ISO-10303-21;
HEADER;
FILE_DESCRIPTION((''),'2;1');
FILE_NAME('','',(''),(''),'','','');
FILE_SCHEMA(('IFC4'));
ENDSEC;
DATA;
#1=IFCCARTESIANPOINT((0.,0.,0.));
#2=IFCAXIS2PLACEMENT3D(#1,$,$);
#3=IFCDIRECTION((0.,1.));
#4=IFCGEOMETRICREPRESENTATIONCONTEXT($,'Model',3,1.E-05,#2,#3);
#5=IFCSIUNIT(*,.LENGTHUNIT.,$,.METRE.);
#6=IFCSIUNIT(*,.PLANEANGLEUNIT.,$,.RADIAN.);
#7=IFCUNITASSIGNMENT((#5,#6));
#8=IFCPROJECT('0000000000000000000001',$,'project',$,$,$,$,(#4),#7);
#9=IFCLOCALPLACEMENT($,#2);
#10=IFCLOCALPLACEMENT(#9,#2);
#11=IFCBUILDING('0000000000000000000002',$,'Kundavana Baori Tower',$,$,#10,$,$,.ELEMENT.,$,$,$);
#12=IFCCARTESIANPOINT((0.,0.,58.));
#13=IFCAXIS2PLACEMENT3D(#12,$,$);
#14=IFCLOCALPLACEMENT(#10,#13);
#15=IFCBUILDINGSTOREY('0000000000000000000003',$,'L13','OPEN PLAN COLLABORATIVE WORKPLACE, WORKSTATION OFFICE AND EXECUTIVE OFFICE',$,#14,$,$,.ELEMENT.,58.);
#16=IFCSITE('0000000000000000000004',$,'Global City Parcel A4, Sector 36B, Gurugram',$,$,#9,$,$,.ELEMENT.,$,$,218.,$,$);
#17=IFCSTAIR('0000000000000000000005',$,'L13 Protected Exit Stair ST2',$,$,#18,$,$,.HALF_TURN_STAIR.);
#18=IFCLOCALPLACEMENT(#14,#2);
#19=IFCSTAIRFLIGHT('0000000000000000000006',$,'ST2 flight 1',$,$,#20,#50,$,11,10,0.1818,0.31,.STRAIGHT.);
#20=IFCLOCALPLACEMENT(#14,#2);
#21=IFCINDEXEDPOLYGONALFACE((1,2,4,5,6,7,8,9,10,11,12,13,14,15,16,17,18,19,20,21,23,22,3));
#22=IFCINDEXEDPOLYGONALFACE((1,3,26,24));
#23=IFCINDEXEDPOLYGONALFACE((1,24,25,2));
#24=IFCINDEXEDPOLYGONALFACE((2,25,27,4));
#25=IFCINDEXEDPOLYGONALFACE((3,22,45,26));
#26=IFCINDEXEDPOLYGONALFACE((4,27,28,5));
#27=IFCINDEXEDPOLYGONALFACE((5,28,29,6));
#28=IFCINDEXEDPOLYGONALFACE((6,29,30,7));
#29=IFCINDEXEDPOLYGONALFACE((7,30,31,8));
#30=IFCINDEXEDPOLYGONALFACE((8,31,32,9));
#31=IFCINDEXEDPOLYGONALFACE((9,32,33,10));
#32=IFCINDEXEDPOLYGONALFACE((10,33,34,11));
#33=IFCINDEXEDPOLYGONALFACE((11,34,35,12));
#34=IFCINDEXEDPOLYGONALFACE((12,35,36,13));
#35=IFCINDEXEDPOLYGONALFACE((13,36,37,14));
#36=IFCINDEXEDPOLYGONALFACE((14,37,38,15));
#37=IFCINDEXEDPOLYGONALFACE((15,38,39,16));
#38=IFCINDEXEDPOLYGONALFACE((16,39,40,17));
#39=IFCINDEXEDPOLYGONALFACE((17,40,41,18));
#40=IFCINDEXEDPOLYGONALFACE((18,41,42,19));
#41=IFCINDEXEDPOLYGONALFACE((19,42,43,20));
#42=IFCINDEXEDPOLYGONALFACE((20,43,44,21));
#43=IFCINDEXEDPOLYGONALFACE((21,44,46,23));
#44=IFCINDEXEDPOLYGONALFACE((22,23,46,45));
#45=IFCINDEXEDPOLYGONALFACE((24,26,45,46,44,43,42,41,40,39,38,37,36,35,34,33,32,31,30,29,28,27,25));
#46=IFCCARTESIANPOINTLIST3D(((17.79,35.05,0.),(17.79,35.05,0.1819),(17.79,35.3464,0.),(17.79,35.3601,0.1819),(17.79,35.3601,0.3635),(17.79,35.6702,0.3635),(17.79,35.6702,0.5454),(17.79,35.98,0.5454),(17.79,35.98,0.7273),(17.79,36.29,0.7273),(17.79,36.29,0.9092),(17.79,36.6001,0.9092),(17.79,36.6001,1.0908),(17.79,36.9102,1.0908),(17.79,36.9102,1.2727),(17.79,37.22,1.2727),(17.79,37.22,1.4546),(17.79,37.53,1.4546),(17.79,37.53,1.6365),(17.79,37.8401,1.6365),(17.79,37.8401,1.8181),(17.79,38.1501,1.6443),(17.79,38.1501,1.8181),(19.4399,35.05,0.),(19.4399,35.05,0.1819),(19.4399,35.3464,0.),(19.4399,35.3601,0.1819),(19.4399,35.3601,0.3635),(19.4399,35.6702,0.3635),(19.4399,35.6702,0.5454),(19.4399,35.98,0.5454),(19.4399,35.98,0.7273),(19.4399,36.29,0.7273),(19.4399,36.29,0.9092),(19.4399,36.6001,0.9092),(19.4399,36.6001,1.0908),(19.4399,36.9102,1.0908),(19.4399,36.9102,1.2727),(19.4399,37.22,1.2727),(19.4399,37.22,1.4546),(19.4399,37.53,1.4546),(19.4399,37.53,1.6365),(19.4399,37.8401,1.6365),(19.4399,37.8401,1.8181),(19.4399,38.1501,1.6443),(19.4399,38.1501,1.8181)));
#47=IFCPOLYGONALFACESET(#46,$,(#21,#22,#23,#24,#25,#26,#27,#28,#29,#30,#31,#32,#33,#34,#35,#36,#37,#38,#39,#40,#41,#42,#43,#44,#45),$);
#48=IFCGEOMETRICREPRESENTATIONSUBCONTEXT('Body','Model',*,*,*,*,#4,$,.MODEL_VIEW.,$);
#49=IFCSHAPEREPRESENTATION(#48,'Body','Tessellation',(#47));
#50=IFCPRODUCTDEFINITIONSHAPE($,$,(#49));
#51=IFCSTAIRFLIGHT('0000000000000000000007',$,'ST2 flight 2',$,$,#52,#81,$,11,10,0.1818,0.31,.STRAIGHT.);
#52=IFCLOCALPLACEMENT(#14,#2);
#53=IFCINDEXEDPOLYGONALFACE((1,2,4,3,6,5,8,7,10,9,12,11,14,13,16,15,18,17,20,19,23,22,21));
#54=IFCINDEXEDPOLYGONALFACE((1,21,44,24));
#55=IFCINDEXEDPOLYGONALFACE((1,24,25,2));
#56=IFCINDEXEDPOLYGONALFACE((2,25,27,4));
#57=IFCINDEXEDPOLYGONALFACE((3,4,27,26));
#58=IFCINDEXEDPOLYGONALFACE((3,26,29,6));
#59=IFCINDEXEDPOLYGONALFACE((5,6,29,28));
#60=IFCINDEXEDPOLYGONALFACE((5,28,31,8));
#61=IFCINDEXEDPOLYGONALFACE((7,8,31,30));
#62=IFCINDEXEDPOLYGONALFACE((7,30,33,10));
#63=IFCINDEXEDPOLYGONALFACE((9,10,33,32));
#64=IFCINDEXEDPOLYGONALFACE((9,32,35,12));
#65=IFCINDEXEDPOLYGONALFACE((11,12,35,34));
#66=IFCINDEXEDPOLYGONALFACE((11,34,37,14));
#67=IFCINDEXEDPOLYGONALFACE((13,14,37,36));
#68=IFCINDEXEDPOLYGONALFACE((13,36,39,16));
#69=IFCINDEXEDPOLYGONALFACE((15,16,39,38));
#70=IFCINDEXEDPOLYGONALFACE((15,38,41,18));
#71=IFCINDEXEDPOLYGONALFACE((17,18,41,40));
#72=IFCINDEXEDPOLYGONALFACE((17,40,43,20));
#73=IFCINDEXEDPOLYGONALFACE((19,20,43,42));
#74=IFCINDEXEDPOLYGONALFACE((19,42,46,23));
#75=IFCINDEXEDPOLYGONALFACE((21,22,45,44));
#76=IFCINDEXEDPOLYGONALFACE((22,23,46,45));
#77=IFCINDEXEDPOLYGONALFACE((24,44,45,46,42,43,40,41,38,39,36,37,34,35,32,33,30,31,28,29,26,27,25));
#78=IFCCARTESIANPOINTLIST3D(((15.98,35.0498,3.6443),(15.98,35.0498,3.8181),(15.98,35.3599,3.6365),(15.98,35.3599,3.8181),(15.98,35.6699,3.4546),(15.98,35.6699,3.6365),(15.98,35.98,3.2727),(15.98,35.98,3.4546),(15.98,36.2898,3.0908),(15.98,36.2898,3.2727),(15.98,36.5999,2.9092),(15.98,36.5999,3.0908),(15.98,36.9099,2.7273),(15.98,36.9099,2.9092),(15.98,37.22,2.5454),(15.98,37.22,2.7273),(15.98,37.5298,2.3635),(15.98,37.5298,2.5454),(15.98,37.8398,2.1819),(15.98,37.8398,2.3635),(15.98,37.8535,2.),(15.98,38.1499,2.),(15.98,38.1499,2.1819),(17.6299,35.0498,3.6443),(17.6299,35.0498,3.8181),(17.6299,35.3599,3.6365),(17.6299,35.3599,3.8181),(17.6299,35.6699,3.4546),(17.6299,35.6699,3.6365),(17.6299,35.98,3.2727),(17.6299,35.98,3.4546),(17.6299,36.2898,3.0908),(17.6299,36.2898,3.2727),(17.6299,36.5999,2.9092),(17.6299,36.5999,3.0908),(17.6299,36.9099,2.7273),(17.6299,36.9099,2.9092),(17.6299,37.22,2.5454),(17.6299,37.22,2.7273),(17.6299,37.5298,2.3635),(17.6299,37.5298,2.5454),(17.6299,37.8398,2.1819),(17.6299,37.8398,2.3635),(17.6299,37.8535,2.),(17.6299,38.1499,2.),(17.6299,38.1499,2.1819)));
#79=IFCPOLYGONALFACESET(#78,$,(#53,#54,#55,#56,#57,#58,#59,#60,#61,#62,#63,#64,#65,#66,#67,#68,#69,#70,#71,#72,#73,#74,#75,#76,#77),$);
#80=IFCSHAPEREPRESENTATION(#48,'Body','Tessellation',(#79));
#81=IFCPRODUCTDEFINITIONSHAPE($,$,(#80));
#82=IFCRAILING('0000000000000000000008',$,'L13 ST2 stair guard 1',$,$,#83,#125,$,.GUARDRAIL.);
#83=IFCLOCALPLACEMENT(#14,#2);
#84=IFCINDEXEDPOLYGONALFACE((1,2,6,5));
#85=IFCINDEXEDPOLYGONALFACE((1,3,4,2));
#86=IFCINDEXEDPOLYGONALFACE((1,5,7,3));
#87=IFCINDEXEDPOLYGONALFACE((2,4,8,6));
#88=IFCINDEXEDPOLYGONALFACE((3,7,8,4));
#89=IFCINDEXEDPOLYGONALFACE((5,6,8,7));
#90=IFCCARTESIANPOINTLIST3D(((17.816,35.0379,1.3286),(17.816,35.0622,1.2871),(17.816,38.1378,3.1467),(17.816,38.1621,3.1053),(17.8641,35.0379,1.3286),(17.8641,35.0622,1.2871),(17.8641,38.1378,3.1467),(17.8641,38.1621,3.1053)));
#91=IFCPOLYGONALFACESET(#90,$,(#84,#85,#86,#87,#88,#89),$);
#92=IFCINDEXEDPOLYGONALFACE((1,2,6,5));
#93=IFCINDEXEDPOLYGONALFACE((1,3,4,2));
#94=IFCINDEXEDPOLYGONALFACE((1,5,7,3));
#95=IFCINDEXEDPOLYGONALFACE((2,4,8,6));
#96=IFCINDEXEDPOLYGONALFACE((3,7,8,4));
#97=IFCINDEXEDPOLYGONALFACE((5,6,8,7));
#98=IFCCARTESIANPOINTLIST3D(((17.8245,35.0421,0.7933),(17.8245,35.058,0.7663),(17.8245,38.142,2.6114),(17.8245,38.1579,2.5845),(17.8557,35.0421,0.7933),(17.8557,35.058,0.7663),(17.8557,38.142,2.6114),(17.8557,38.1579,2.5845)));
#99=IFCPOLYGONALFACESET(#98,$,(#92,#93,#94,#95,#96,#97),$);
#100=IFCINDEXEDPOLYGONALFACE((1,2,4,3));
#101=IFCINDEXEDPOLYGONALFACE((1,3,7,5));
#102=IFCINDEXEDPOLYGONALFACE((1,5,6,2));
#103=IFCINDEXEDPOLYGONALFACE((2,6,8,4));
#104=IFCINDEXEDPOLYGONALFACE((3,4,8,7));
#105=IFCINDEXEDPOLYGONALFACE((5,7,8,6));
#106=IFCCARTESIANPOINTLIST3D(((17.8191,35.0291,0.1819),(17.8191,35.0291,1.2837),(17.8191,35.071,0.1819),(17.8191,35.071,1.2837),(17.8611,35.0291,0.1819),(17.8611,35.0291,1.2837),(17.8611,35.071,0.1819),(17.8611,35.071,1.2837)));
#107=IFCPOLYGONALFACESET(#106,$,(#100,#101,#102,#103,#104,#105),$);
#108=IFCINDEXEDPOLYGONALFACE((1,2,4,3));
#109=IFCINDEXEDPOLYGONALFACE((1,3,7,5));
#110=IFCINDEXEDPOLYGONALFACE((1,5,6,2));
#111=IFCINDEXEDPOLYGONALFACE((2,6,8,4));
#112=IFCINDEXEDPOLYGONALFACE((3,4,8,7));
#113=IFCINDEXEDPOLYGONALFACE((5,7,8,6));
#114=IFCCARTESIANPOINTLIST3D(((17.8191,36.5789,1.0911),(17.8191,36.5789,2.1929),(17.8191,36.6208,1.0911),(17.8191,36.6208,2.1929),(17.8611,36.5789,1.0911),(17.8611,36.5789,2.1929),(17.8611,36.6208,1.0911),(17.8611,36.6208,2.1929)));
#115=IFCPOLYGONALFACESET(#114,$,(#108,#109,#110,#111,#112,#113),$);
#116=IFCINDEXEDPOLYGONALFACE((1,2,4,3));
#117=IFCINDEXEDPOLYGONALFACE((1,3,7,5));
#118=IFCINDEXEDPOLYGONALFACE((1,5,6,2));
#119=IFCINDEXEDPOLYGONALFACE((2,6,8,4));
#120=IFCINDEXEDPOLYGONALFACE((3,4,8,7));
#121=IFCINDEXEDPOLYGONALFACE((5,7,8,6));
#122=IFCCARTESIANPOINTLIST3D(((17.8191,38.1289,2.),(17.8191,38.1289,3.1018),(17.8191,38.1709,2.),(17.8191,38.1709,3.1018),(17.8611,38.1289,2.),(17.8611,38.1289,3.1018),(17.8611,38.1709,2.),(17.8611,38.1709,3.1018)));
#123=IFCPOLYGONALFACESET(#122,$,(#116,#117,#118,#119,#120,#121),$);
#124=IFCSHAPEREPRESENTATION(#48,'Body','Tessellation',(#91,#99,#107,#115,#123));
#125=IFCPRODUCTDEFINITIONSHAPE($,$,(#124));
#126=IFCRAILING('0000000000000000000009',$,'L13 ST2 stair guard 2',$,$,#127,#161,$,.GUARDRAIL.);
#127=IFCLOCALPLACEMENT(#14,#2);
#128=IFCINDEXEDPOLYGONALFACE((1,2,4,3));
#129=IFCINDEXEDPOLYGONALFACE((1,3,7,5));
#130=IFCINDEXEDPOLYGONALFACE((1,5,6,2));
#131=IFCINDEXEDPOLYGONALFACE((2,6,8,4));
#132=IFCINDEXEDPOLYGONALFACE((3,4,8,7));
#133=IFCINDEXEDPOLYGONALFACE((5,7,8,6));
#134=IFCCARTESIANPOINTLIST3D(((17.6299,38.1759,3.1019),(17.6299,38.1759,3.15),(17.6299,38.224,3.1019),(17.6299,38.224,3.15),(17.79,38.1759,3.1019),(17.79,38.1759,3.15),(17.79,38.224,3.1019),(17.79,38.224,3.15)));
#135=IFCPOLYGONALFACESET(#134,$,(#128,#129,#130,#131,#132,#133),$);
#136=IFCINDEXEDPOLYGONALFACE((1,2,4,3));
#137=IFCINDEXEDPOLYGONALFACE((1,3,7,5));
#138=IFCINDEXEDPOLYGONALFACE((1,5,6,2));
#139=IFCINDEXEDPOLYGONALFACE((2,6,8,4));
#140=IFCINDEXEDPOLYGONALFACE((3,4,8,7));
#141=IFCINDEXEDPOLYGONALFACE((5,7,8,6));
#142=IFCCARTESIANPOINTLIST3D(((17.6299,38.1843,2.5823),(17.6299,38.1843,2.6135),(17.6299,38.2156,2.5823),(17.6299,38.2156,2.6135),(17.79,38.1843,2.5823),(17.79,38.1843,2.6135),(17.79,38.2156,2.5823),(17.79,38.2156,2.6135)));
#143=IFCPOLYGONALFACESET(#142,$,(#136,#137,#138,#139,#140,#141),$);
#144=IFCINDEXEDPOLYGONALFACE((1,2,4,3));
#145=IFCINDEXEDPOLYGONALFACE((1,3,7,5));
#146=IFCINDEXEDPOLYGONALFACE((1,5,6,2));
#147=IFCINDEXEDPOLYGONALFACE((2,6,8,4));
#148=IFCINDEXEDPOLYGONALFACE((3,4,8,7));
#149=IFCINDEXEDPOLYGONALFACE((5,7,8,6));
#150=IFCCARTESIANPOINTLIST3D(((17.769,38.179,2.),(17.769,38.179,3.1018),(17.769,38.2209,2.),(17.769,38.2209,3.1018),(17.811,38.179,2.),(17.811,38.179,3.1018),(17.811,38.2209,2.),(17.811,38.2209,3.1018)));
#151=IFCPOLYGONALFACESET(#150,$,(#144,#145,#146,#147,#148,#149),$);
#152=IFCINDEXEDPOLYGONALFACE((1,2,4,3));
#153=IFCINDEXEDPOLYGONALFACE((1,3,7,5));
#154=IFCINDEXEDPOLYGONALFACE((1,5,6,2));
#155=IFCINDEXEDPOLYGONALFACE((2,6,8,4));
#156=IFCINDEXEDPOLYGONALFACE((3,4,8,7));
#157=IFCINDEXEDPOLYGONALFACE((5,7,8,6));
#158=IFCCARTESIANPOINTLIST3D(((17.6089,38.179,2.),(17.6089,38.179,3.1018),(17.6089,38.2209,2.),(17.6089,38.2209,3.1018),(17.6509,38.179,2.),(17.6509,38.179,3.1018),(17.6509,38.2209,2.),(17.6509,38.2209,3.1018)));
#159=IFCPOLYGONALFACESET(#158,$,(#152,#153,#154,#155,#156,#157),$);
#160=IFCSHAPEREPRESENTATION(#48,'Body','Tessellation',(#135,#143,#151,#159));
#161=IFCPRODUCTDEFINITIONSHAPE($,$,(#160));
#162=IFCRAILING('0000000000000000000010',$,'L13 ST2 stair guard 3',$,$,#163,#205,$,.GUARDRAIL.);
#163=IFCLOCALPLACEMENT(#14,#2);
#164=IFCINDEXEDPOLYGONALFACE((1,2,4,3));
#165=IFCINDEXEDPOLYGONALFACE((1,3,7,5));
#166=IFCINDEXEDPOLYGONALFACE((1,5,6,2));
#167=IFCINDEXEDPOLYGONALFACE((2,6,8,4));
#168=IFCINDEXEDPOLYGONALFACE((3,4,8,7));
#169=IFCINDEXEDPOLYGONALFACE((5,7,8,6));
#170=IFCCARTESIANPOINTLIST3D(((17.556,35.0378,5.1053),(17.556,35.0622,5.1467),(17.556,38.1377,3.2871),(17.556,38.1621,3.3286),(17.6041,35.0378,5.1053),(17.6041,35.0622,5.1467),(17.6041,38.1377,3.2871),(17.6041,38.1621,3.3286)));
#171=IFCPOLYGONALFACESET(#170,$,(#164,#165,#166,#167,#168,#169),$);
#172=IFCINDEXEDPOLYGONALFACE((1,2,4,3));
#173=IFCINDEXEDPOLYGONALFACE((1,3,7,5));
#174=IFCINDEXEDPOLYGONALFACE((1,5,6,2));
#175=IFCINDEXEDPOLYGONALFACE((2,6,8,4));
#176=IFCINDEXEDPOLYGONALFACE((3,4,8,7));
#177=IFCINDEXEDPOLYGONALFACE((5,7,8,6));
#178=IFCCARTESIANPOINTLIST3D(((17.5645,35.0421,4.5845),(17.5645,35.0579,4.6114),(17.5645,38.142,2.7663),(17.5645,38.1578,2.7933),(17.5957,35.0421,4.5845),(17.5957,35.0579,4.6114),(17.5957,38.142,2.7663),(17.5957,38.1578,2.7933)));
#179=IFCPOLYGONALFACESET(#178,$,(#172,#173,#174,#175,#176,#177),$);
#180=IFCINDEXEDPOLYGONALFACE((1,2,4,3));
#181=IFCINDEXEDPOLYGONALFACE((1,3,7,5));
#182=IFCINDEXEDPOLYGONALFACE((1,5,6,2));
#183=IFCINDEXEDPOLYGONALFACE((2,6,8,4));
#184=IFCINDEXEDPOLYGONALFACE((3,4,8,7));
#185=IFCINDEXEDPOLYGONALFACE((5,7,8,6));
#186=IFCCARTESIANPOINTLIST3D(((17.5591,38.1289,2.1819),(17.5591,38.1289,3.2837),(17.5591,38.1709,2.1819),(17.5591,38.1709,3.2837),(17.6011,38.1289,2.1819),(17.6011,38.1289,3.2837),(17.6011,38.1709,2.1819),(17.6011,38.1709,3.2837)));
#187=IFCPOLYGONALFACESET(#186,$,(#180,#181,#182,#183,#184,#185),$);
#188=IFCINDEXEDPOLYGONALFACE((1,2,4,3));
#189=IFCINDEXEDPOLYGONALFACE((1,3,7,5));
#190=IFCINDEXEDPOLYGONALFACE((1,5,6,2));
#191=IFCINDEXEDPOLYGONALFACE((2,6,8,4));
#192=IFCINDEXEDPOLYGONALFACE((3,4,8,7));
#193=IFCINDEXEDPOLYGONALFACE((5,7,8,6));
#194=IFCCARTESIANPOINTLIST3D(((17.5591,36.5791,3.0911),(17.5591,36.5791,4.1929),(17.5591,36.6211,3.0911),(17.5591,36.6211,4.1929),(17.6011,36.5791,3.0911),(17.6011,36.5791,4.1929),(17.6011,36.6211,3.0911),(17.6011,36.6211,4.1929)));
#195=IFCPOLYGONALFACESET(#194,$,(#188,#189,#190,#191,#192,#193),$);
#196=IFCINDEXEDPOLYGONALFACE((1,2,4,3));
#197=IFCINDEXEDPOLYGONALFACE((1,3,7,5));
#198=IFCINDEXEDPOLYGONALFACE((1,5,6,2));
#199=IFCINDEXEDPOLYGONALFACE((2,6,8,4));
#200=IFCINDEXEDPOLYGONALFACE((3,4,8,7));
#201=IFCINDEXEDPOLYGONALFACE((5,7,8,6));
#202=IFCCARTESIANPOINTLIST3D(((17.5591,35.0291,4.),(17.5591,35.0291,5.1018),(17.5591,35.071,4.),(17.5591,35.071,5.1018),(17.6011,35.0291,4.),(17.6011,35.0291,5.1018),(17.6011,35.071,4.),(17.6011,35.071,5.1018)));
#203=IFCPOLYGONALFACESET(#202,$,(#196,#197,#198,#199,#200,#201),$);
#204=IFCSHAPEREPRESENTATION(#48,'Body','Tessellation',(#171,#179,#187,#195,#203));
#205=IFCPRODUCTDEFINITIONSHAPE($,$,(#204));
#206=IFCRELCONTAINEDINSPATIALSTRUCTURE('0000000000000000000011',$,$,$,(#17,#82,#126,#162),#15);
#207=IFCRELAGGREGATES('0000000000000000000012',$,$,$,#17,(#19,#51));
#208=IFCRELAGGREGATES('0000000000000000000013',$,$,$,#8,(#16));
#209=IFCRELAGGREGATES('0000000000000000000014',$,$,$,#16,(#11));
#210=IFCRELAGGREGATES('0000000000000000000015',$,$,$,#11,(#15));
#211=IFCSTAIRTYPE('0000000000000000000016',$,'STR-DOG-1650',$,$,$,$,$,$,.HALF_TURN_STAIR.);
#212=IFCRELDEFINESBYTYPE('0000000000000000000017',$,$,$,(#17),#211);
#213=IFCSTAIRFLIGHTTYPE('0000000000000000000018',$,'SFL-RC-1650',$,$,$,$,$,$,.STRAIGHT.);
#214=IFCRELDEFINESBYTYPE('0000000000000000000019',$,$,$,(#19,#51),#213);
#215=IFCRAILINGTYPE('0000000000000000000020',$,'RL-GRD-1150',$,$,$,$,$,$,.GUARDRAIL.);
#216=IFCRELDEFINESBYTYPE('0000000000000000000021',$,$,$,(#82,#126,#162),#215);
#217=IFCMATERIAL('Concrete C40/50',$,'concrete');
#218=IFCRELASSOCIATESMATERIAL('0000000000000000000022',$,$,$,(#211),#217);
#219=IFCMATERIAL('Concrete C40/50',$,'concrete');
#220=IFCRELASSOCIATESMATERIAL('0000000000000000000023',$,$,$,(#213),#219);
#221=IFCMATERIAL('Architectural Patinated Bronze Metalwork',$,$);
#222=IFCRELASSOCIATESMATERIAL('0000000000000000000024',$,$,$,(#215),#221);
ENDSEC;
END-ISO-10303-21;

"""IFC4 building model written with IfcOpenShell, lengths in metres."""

from ifc_helpers import new_model, si_unit, direction, frame, origin, origin_2d, place, context, subcontext, project, spatial, polyline, rectangle, outline, extrude, material, type_object, element, aggregate, save


model = new_model("IFC4")

# Units and contexts
model_context = context("Model", 3, precision=1e-05, world=origin(), true_north=direction((0.0, 1.0)))
body_context = subcontext(model_context, "Body", "Model", "MODEL_VIEW")
ifc_project = project(units=[si_unit("LENGTHUNIT", "METRE"), si_unit("PLANEANGLEUNIT", "RADIAN")], contexts=[model_context])

# Site, building, storey
site_placement = place(None, origin())
site = spatial("IfcSite", under=ifc_project, at=site_placement, Name="Global City Parcel A4, Sector 36B, Gurugram", CompositionType="ELEMENT", RefElevation=218.0)
building_placement = place(site_placement, origin())
building = spatial("IfcBuilding", under=site, at=building_placement, Name="Kundavana Baori Tower", CompositionType="ELEMENT")
storey_placement = place(building_placement, frame((0.0, 0.0, 58.0)))
storey = spatial("IfcBuildingStorey", under=building, at=storey_placement, Name="L13", Description="OPEN PLAN COLLABORATIVE WORKPLACE, WORKSTATION OFFICE AND EXECUTIVE OFFICE", CompositionType="ELEMENT", Elevation=58.0)

# Stair, stair flights
ifc_material_1 = material(Name="Concrete C40/50", Category="concrete")
stair_type = type_object("IfcStairType", Name="STR-DOG-1650", PredefinedType="HALF_TURN_STAIR", material=ifc_material_1)
stair_placement = place(storey_placement, origin())
stair = element("IfcStair", 1, at=stair_placement, inside=storey, type_object=stair_type, Name="L13 Protected Exit Stair ST2", PredefinedType="HALF_TURN_STAIR")
ifc_material_2 = material(Name="Concrete C40/50", Category="concrete")
stair_flight_type = type_object("IfcStairFlightType", Name="SFL-RC-1650", PredefinedType="STRAIGHT", material=ifc_material_2)
stair_flight_1_placement = place(storey_placement, frame((18.615, 35.05, 0.0), z_axis=(0.0, 0.0, 1.0), x_axis=(0.0, 1.0, 0.0)))
stair_flight_1 = element("IfcStairFlight", 2, at=stair_flight_1_placement, type_object=stair_flight_type, Name="ST2 flight 1", NumberOfRisers=11, NumberOfTreads=10, PredefinedType="STRAIGHT", RiserHeight=0.1818, TreadLength=0.31, context=body_context, shape_type="SweptSolid", body=[
    extrude(outline(polyline([(0.0, 0.0), (0.0, 0.1819), (0.3101, 0.1819), (0.3101, 0.3635), (0.6201, 0.3635), (0.6201, 0.5454), (0.9299, 0.5454), (0.9299, 0.7273), (1.24, 0.7273), (1.24, 0.9092), (1.55, 0.9092), (1.55, 1.0908), (1.8601, 1.0908), (1.8601, 1.2727), (2.1699, 1.2727), (2.1699, 1.4546), (2.48, 1.4546), (2.48, 1.6365), (2.79, 1.6365), (2.79, 1.8181), (3.1001, 1.8181), (3.1001, 2.0), (3.1001, 1.6443), (0.2964, 0.0), (0.0, 0.0)])), frame((0.0, 0.825, 0.0), z_axis=(0.0, -1.0, 0.0), x_axis=(1.0, 0.0, 0.0)), (0.0, 0.0, 1.0), 1.6499),
])
stair_flight_2_placement = place(storey_placement, frame((16.8049, 38.1499, 2.0), z_axis=(0.0, 0.0, 1.0), x_axis=(0.0, -1.0, 0.0)))
stair_flight_2 = element("IfcStairFlight", 3, at=stair_flight_2_placement, type_object=stair_flight_type, Name="ST2 flight 2", NumberOfRisers=11, NumberOfTreads=10, PredefinedType="STRAIGHT", RiserHeight=0.1818, TreadLength=0.31, context=body_context, shape_type="SweptSolid", body=[
    extrude(outline(polyline([(0.0, 0.0), (0.0, 0.1819), (0.3101, 0.1819), (0.3101, 0.3635), (0.6201, 0.3635), (0.6201, 0.5454), (0.9299, 0.5454), (0.9299, 0.7273), (1.24, 0.7273), (1.24, 0.9092), (1.55, 0.9092), (1.55, 1.0908), (1.8601, 1.0908), (1.8601, 1.2727), (2.1699, 1.2727), (2.1699, 1.4546), (2.48, 1.4546), (2.48, 1.6365), (2.79, 1.6365), (2.79, 1.8181), (3.1001, 1.8181), (3.1001, 2.0), (3.1001, 1.6443), (0.2964, 0.0), (0.0, 0.0)])), frame((0.0, 0.825, 0.0), z_axis=(0.0, -1.0, 0.0), x_axis=(1.0, 0.0, 0.0)), (0.0, 0.0, 1.0), 1.6499),
])
aggregate(stair, [stair_flight_1, stair_flight_2])

# Railings
ifc_material_3 = material(Name="Architectural Patinated Bronze Metalwork")
railing_type_1 = type_object("IfcRailingType", Name="RL-GRD-1150", PredefinedType="GUARDRAIL", material=ifc_material_3)
railing_1_placement = place(storey_placement, frame((17.8401, 35.05, 0.1819)))
element("IfcRailing", 4, at=railing_1_placement, inside=storey, type_object=railing_type_1, Name="L13 ST2 stair guard 1", PredefinedType="GUARDRAIL", context=body_context, shape_type="SweptSolid", body=[
    extrude(rectangle(XDim=0.0481, YDim=0.0481, at=origin_2d()), frame((0.0, 0.0, 1.126), z_axis=(0.0, 0.862581, 0.505918), x_axis=(-1.0, 0.0, 0.0)), (0.0, 0.0, 1.0), 3.5938),
    extrude(rectangle(XDim=0.0312, YDim=0.0312, at=origin_2d()), frame((0.0, 0.0, 0.5979), z_axis=(0.0, 0.862581, 0.505918), x_axis=(-1.0, 0.0, 0.0)), (0.0, 0.0, 1.0), 3.5938),
    extrude(rectangle(XDim=0.042, YDim=0.042, at=origin_2d()), origin(), (0.0, 0.0, 1.0), 1.1018),
    extrude(rectangle(XDim=0.042, YDim=0.042, at=origin_2d()), frame((0.0, 1.5498, 0.9092)), (0.0, 0.0, 1.0), 1.1018),
    extrude(rectangle(XDim=0.042, YDim=0.042, at=origin_2d()), frame((0.0, 3.0999, 1.8181)), (0.0, 0.0, 1.0), 1.1018),
])
railing_2_placement = place(storey_placement, frame((17.79, 38.2, 2.0)))
element("IfcRailing", 5, at=railing_2_placement, inside=storey, type_object=railing_type_1, Name="L13 ST2 stair guard 2", PredefinedType="GUARDRAIL", context=body_context, shape_type="SweptSolid", body=[
    extrude(rectangle(XDim=0.0481, YDim=0.0481, at=origin_2d()), frame((0.0, 0.0, 1.126), z_axis=(-1.0, 0.0, 0.0), x_axis=(0.0, -1.0, 0.0)), (0.0, 0.0, 1.0), 0.1602),
    extrude(rectangle(XDim=0.0312, YDim=0.0312, at=origin_2d()), frame((0.0, 0.0, 0.5979), z_axis=(-1.0, 0.0, 0.0), x_axis=(0.0, -1.0, 0.0)), (0.0, 0.0, 1.0), 0.1602),
    extrude(rectangle(XDim=0.042, YDim=0.042, at=origin_2d()), origin(), (0.0, 0.0, 1.0), 1.1018),
    extrude(rectangle(XDim=0.042, YDim=0.042, at=origin_2d()), frame((-0.1602, 0.0, 0.0)), (0.0, 0.0, 1.0), 1.1018),
])
railing_3_placement = place(storey_placement, frame((17.5801, 38.1499, 2.1819)))
element("IfcRailing", 6, at=railing_3_placement, inside=storey, type_object=railing_type_1, Name="L13 ST2 stair guard 3", PredefinedType="GUARDRAIL", context=body_context, shape_type="SweptSolid", body=[
    extrude(rectangle(XDim=0.0481, YDim=0.0481, at=origin_2d()), frame((0.0, 0.0, 1.126), z_axis=(0.0, -0.862581, 0.505918), x_axis=(1.0, 0.0, 0.0)), (0.0, 0.0, 1.0), 3.5938),
    extrude(rectangle(XDim=0.0312, YDim=0.0312, at=origin_2d()), frame((0.0, 0.0, 0.5979), z_axis=(0.0, -0.862581, 0.505918), x_axis=(1.0, 0.0, 0.0)), (0.0, 0.0, 1.0), 3.5938),
    extrude(rectangle(XDim=0.042, YDim=0.042, at=origin_2d()), origin(), (0.0, 0.0, 1.0), 1.1018),
    extrude(rectangle(XDim=0.042, YDim=0.042, at=origin_2d()), frame((0.0, -1.5498, 0.9092)), (0.0, 0.0, 1.0), 1.1018),
    extrude(rectangle(XDim=0.042, YDim=0.042, at=origin_2d()), frame((0.0, -3.0999, 1.8181)), (0.0, 0.0, 1.0), 1.1018),
])

save(model, "model.ifc")
